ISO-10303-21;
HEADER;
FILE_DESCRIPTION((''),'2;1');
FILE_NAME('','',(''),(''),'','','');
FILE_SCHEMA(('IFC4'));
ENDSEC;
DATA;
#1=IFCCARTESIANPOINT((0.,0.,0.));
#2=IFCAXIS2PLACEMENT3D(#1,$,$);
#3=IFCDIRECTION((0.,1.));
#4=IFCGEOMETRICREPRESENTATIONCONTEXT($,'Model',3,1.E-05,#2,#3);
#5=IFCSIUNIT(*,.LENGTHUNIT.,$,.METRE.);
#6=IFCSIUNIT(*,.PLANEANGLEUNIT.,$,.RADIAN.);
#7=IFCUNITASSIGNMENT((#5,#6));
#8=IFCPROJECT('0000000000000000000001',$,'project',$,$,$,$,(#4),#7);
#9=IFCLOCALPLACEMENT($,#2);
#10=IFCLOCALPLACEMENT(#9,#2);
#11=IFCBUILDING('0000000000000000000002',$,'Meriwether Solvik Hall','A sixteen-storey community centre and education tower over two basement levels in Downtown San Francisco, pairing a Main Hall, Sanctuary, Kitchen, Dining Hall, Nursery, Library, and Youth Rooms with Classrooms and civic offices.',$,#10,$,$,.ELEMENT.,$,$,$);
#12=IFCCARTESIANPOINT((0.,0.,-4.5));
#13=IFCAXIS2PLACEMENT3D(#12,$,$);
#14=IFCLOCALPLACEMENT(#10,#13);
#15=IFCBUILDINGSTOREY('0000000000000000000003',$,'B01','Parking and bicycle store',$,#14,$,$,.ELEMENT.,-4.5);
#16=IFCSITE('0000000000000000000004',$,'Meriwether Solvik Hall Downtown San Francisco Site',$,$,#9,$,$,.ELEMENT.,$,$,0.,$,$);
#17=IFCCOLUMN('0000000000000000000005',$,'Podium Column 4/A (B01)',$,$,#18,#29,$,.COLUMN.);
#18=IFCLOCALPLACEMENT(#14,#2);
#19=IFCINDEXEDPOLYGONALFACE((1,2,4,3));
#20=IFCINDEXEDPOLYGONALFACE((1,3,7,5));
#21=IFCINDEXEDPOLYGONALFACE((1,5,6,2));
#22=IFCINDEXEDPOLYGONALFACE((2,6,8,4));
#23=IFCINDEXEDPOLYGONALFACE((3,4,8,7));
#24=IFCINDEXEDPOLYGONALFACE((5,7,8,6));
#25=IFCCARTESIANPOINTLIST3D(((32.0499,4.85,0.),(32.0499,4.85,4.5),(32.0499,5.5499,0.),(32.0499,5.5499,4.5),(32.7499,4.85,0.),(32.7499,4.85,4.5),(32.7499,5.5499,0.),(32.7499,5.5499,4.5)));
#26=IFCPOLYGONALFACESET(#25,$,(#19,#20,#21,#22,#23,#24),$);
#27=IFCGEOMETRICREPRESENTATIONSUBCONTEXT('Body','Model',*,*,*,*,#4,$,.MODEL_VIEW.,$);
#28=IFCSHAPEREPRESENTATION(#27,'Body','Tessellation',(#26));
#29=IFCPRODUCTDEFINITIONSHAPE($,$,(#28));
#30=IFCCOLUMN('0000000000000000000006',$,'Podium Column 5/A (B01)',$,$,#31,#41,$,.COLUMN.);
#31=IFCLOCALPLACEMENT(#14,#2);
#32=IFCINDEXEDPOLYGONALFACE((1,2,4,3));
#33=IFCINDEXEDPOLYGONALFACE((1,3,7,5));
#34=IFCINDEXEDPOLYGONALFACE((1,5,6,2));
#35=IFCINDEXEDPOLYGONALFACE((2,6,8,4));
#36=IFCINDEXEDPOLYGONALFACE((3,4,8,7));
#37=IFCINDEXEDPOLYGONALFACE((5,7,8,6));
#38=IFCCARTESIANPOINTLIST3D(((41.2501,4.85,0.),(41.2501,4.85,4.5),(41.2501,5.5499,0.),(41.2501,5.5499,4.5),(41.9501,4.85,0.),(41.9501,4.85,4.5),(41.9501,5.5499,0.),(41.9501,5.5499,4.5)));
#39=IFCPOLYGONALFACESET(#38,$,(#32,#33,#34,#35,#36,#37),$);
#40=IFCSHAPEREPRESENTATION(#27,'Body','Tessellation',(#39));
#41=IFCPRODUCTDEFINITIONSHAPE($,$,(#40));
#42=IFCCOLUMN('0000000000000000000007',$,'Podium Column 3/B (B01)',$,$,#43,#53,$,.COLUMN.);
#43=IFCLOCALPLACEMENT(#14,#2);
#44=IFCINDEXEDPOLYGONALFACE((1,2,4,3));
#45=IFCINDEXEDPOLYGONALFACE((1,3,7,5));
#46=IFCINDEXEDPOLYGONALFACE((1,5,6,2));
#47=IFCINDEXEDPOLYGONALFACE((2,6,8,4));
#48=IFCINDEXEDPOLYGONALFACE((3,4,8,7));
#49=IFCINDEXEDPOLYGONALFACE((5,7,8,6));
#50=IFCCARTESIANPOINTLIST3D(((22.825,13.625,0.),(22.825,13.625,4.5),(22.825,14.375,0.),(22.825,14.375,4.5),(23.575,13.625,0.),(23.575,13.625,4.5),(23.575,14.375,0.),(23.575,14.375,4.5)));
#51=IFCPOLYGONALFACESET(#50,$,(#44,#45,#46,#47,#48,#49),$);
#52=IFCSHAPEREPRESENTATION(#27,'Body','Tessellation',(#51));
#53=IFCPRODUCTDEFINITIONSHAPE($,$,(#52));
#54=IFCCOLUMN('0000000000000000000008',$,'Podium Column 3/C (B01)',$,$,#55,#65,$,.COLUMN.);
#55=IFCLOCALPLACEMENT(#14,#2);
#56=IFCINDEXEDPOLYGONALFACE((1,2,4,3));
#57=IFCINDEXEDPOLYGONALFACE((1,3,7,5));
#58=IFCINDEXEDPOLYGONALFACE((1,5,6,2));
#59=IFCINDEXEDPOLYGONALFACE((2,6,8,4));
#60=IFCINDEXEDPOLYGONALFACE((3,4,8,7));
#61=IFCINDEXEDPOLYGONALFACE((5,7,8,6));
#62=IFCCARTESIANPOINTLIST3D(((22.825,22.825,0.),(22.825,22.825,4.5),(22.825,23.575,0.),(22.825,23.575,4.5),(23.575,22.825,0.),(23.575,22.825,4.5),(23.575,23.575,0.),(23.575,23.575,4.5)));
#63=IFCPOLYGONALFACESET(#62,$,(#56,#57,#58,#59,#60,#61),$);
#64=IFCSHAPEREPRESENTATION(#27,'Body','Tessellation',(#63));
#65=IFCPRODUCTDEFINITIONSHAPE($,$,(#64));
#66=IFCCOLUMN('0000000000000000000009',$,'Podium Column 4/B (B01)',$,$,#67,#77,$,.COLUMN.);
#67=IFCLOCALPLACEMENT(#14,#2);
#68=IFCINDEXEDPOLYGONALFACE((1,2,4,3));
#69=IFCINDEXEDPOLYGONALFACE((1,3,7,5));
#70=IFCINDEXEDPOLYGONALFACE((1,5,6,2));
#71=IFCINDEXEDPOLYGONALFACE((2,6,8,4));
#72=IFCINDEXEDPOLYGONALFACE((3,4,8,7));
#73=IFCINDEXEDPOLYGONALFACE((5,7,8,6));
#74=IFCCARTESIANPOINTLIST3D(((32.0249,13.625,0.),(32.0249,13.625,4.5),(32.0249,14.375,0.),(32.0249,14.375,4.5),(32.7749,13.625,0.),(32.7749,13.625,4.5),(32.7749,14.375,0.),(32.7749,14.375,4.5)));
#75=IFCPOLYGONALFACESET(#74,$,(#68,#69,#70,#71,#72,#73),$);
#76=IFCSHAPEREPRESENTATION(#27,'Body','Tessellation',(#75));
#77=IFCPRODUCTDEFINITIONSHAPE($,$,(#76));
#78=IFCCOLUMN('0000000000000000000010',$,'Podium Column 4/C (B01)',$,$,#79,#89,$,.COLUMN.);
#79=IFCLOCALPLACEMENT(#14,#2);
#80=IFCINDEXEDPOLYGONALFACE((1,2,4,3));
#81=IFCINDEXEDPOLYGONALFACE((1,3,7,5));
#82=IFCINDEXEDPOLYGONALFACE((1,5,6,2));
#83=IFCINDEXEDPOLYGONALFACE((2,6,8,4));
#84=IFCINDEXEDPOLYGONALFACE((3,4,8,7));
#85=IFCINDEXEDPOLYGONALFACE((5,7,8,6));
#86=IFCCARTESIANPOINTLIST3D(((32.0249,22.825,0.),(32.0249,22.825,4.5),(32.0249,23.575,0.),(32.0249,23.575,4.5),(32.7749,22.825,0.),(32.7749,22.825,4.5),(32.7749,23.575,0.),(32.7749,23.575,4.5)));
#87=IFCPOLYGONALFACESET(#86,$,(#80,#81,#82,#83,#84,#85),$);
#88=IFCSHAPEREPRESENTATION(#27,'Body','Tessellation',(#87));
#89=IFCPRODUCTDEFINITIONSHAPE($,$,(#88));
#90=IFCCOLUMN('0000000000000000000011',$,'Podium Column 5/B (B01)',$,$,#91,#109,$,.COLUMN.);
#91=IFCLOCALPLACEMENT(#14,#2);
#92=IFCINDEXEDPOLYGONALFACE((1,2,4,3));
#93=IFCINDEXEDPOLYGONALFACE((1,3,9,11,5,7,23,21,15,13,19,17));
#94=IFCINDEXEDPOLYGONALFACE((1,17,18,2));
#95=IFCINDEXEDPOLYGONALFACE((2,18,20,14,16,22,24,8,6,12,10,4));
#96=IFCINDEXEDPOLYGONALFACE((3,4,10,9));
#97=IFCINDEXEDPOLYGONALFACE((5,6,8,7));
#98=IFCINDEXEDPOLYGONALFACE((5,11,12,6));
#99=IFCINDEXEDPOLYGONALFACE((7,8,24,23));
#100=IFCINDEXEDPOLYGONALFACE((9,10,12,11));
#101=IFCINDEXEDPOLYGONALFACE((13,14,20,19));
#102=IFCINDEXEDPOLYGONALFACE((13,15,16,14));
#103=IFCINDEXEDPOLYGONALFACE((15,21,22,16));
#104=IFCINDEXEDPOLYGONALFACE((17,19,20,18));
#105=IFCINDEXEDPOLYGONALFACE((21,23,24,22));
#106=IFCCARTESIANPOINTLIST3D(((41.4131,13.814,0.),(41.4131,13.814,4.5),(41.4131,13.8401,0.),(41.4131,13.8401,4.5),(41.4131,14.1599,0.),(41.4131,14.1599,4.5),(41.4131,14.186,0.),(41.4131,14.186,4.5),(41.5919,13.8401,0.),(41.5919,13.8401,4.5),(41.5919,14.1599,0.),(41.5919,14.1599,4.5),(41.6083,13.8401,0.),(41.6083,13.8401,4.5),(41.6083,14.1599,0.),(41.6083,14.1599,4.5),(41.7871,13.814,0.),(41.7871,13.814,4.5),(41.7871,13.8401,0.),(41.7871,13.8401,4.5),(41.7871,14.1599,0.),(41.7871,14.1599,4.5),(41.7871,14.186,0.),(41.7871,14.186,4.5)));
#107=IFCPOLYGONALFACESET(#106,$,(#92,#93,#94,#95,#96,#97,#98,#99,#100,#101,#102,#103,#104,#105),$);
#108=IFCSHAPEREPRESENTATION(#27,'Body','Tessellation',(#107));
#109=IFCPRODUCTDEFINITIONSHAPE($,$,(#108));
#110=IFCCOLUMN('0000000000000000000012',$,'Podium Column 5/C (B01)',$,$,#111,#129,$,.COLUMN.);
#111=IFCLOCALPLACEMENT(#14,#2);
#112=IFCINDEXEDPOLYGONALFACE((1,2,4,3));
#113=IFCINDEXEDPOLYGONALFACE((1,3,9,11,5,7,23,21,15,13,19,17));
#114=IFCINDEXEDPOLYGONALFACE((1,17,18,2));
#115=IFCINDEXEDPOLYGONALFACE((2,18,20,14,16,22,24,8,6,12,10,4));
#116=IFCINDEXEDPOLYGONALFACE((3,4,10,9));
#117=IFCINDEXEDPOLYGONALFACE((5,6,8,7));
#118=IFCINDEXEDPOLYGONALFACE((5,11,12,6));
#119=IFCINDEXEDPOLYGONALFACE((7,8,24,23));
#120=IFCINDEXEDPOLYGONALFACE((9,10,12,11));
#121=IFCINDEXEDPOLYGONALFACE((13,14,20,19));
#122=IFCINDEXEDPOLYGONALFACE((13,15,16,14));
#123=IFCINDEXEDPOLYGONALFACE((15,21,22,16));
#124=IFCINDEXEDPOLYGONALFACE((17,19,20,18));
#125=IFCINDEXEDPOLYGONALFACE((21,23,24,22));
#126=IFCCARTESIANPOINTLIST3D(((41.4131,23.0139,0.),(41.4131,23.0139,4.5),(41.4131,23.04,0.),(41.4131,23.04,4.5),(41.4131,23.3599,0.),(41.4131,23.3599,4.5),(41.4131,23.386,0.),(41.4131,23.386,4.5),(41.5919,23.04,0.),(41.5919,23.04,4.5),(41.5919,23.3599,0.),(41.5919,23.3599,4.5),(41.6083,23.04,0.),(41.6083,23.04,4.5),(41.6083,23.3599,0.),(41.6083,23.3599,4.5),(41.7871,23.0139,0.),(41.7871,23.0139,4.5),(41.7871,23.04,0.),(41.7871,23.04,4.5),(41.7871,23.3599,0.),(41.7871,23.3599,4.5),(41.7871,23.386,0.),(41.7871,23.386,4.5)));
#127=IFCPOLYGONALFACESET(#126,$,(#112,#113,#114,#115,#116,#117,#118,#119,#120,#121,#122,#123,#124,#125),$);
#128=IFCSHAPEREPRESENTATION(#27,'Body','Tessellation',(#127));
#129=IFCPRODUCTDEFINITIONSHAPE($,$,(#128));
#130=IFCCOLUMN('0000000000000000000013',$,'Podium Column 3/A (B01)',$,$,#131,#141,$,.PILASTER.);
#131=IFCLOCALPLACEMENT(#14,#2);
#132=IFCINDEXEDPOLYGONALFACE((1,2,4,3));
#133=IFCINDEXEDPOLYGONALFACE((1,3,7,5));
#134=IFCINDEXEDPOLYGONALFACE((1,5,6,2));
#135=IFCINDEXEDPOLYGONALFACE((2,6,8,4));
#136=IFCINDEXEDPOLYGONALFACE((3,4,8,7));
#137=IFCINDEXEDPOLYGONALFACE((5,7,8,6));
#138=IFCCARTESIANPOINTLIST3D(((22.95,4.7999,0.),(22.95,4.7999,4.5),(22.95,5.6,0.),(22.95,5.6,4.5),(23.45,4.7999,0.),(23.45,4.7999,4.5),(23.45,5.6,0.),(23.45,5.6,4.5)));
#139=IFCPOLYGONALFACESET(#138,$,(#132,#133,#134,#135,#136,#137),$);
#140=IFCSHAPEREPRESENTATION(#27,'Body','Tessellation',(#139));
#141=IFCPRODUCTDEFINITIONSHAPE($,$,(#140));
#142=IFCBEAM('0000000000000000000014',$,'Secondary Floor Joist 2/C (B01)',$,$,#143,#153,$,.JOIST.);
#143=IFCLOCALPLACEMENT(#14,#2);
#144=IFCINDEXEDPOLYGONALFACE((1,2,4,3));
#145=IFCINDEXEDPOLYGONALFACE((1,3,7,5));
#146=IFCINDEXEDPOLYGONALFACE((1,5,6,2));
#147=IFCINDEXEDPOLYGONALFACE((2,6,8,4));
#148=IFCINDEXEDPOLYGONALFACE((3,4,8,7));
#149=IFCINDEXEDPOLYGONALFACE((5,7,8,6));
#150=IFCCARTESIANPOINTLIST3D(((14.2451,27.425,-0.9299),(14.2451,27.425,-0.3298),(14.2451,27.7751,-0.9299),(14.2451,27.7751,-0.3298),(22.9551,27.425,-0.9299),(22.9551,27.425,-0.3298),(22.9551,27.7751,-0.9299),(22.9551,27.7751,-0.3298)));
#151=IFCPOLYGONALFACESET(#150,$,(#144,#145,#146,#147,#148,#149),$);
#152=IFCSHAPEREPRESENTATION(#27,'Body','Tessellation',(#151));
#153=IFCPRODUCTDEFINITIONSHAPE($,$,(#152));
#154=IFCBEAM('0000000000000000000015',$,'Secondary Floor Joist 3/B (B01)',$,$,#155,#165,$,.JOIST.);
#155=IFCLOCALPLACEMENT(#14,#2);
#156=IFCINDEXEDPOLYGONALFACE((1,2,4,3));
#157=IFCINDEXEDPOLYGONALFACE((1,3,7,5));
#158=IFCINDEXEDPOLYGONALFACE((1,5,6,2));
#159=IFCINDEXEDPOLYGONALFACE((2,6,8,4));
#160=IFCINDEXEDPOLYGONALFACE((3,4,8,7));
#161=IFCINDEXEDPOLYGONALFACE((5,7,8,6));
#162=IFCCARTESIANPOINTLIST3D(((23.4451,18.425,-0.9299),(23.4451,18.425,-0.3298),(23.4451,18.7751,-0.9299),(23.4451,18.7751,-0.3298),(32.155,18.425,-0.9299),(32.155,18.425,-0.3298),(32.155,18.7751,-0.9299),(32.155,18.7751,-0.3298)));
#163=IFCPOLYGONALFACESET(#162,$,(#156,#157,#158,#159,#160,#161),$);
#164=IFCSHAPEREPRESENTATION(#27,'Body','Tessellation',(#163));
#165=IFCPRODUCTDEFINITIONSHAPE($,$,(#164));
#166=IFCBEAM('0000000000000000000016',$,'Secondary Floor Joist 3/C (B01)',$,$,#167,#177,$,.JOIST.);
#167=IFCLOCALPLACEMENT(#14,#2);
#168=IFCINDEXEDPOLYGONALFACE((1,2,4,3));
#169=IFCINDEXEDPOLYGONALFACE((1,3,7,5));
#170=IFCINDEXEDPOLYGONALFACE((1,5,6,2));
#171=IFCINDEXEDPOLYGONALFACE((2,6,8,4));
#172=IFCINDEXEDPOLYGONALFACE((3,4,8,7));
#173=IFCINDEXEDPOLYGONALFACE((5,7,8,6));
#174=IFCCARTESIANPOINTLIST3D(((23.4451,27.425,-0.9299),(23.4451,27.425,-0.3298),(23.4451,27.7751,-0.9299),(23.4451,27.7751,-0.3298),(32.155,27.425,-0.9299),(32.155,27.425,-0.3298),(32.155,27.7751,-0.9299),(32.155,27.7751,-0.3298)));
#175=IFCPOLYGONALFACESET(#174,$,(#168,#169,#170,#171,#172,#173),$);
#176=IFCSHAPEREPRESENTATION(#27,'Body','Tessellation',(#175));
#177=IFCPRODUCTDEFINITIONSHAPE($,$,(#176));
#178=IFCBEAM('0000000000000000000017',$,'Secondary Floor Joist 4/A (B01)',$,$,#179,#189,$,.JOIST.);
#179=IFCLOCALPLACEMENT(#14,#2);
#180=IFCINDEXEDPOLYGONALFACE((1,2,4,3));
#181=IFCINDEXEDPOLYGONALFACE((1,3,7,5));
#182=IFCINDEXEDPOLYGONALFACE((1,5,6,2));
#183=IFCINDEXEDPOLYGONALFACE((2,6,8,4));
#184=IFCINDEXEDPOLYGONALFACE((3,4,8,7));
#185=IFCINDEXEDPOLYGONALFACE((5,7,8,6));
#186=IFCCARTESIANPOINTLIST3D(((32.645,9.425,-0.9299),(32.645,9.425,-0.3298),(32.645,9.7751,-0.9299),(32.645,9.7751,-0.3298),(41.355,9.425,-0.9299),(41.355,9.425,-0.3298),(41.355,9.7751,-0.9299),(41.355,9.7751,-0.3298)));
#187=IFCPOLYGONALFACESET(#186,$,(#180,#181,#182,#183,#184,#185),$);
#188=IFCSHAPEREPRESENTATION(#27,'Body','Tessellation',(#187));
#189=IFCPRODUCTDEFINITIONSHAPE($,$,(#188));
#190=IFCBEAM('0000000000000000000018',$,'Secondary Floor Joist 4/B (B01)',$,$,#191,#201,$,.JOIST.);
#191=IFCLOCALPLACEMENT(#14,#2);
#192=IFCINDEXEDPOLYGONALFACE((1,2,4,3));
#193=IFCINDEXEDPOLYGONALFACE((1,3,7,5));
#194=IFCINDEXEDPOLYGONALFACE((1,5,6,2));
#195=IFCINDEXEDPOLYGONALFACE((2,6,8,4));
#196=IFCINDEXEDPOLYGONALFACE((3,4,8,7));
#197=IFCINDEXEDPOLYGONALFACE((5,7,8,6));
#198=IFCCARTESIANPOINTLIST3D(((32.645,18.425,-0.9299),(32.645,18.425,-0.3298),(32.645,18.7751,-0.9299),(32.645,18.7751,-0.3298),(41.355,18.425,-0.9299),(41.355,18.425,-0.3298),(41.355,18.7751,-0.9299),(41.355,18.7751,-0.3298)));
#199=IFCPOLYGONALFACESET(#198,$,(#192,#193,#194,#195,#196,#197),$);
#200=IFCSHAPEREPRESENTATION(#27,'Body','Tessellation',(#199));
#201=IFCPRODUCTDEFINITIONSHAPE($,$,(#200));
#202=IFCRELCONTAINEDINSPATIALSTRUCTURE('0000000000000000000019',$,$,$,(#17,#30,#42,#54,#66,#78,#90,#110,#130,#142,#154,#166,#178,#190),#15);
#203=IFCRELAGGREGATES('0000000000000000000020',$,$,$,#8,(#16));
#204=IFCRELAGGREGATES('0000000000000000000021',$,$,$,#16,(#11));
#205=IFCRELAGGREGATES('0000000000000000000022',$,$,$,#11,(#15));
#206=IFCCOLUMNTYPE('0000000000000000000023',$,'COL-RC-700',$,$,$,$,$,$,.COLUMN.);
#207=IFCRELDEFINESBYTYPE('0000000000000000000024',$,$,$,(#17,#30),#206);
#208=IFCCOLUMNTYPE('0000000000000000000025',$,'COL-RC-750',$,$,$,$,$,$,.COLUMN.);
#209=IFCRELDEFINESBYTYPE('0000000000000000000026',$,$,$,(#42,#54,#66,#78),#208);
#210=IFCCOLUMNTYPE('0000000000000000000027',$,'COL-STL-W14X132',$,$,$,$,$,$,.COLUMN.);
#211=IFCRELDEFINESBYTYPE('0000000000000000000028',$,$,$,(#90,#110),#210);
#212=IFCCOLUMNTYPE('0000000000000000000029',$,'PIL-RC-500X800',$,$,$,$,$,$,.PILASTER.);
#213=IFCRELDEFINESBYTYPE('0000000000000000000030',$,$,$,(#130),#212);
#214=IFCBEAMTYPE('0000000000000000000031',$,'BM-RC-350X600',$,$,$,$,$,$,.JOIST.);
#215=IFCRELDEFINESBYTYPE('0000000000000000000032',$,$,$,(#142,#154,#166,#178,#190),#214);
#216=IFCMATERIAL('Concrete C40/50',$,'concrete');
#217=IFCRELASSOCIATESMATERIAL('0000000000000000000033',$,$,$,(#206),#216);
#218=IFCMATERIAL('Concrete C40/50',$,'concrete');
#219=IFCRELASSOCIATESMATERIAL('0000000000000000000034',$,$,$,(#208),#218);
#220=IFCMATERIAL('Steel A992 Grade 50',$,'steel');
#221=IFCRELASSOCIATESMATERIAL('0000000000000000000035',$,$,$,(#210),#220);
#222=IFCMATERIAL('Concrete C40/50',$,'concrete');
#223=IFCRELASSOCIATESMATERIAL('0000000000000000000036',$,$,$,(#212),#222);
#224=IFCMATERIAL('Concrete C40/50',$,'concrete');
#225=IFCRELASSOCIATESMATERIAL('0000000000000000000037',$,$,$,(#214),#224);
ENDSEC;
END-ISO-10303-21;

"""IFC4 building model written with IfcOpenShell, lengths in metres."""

from ifc_helpers import new_model, si_unit, direction, frame, origin, origin_2d, place, context, subcontext, project, spatial, rectangle, i_section, extrude, material, material_profile, profile_set, type_object, element, save


model = new_model("IFC4")

# Units and contexts
model_context = context("Model", 3, precision=1e-05, world=origin(), true_north=direction((0.0, 1.0)))
body_context = subcontext(model_context, "Body", "Model", "MODEL_VIEW")
ifc_project = project(units=[si_unit("LENGTHUNIT", "METRE"), si_unit("PLANEANGLEUNIT", "RADIAN")], contexts=[model_context])

# Site, building, storey
site_placement = place(None, origin())
site = spatial("IfcSite", under=ifc_project, at=site_placement, Name="Meriwether Solvik Hall Downtown San Francisco Site", CompositionType="ELEMENT", RefElevation=0.0)
building_placement = place(site_placement, origin())
building = spatial("IfcBuilding", under=site, at=building_placement, Name="Meriwether Solvik Hall", Description="A sixteen-storey community centre and education tower over two basement levels in Downtown San Francisco, pairing a Main Hall, Sanctuary, Kitchen, Dining Hall, Nursery, Library, and Youth Rooms with Classrooms and civic offices.", CompositionType="ELEMENT")
storey_placement = place(building_placement, frame((0.0, 0.0, -4.5)))
storey = spatial("IfcBuildingStorey", under=building, at=storey_placement, Name="B01", Description="Parking and bicycle store", CompositionType="ELEMENT", Elevation=-4.5)

# Columns
ifc_material_1 = material(Name="Concrete C40/50", Category="concrete")
ifc_material_profile_1 = material_profile(ifc_material_1, rectangle(XDim=0.7, YDim=0.7, at=origin_2d()), Name="RCC-700X700")
ifc_profile_set_1 = profile_set([ifc_material_profile_1], Name="Concrete C40/50")
column_type_1 = type_object("IfcColumnType", Name="COL-RC-700", PredefinedType="COLUMN", material=ifc_profile_set_1)
for number, where, z_axis, x_axis, name in (
    (1, (32.3999, 5.2, 0.0), (0.0, 0.0, 1.0), (1.0, 0.0, 0.0), "Podium Column 4/A (B01)"),
    (2, (41.6001, 5.2, 0.0), (0.0, 0.0, 1.0), (1.0, 0.0, 0.0), "Podium Column 5/A (B01)"),
):
    element("IfcColumn", number, at=place(storey_placement, frame(where, z_axis=z_axis, x_axis=x_axis)), inside=storey, type_object=column_type_1, Name=name, PredefinedType="COLUMN", context=body_context, shape_type="SweptSolid", body=[
        extrude(rectangle(XDim=0.7, YDim=0.7, at=origin_2d()), origin(), (0.0, 0.0, 1.0), 4.5),
    ])
ifc_material_2 = material(Name="Concrete C40/50", Category="concrete")
ifc_material_profile_2 = material_profile(ifc_material_2, rectangle(XDim=0.75, YDim=0.75, at=origin_2d()), Name="RCC-750X750")
ifc_profile_set_2 = profile_set([ifc_material_profile_2], Name="Concrete C40/50")
column_type_2 = type_object("IfcColumnType", Name="COL-RC-750", PredefinedType="COLUMN", material=ifc_profile_set_2)
for number, where, z_axis, x_axis, name in (
    (3, (23.2, 14.0, 0.0), (0.0, 0.0, 1.0), (1.0, 0.0, 0.0), "Podium Column 3/B (B01)"),
    (4, (23.2, 23.2, 0.0), (0.0, 0.0, 1.0), (1.0, 0.0, 0.0), "Podium Column 3/C (B01)"),
    (5, (32.3999, 14.0, 0.0), (0.0, 0.0, 1.0), (1.0, 0.0, 0.0), "Podium Column 4/B (B01)"),
    (6, (32.3999, 23.2, 0.0), (0.0, 0.0, 1.0), (1.0, 0.0, 0.0), "Podium Column 4/C (B01)"),
):
    element("IfcColumn", number, at=place(storey_placement, frame(where, z_axis=z_axis, x_axis=x_axis)), inside=storey, type_object=column_type_2, Name=name, PredefinedType="COLUMN", context=body_context, shape_type="SweptSolid", body=[
        extrude(rectangle(XDim=0.75, YDim=0.75, at=origin_2d()), origin(), (0.0, 0.0, 1.0), 4.5),
    ])
ifc_material_3 = material(Name="Steel A992 Grade 50", Category="steel")
ifc_material_profile_3 = material_profile(ifc_material_3, i_section(OverallWidth=0.374, OverallDepth=0.3721, WebThickness=0.0164, FlangeThickness=0.0261, at=origin_2d()), Name="W14X132")
ifc_profile_set_3 = profile_set([ifc_material_profile_3], Name="Steel A992 Grade 50")
column_type_3 = type_object("IfcColumnType", Name="COL-STL-W14X132", PredefinedType="COLUMN", material=ifc_profile_set_3)
for number, where, z_axis, x_axis, name in (
    (7, (41.6001, 14.0, 0.0), (0.0, 0.0, 1.0), (1.0, 0.0, 0.0), "Podium Column 5/B (B01)"),
    (8, (41.6001, 23.2, 0.0), (0.0, 0.0, 1.0), (1.0, 0.0, 0.0), "Podium Column 5/C (B01)"),
):
    element("IfcColumn", number, at=place(storey_placement, frame(where, z_axis=z_axis, x_axis=x_axis)), inside=storey, type_object=column_type_3, Name=name, PredefinedType="COLUMN", context=body_context, shape_type="SweptSolid", body=[
        extrude(i_section(OverallWidth=0.374, OverallDepth=0.3721, WebThickness=0.0164, FlangeThickness=0.0261, at=origin_2d()), origin(), (0.0, 0.0, 1.0), 4.5),
    ])
ifc_material_4 = material(Name="Concrete C40/50", Category="concrete")
ifc_material_profile_4 = material_profile(ifc_material_4, rectangle(XDim=0.5, YDim=0.8, at=origin_2d()), Name="RCP-500X800")
ifc_profile_set_4 = profile_set([ifc_material_profile_4], Name="Concrete C40/50")
column_type_4 = type_object("IfcColumnType", Name="PIL-RC-500X800", PredefinedType="PILASTER", material=ifc_profile_set_4)
column_placement = place(storey_placement, frame((23.2, 5.2, 0.0), z_axis=(0.0, 0.0, 1.0), x_axis=(1.0, 0.0, 0.0)))
element("IfcColumn", 9, at=column_placement, inside=storey, type_object=column_type_4, Name="Podium Column 3/A (B01)", PredefinedType="PILASTER", context=body_context, shape_type="SweptSolid", body=[
    extrude(rectangle(XDim=0.5, YDim=0.8, at=origin_2d()), origin(), (0.0, 0.0, 1.0), 4.5),
])

# Beams
ifc_material_5 = material(Name="Concrete C40/50", Category="concrete")
ifc_material_profile_5 = material_profile(ifc_material_5, rectangle(XDim=0.3501, YDim=0.6001, at=origin_2d()), Name="RCB-350X600")
ifc_profile_set_5 = profile_set([ifc_material_profile_5], Name="Concrete C40/50")
beam_type_1 = type_object("IfcBeamType", Name="BM-RC-350X600", PredefinedType="JOIST", material=ifc_profile_set_5)
for number, where, z_axis, x_axis, name in (
    (10, (14.2451, 27.6001, -0.6299), (1.0, 0.0, 0.0), (0.0, 1.0, 0.0), "Secondary Floor Joist 2/C (B01)"),
    (11, (23.4451, 18.6001, -0.6299), (1.0, 0.0, 0.0), (0.0, 1.0, 0.0), "Secondary Floor Joist 3/B (B01)"),
    (12, (23.4451, 27.6001, -0.6299), (1.0, 0.0, 0.0), (0.0, 1.0, 0.0), "Secondary Floor Joist 3/C (B01)"),
    (13, (32.645, 9.6001, -0.6299), (1.0, 0.0, 0.0), (0.0, 1.0, 0.0), "Secondary Floor Joist 4/A (B01)"),
    (14, (32.645, 18.6001, -0.6299), (1.0, 0.0, 0.0), (0.0, 1.0, 0.0), "Secondary Floor Joist 4/B (B01)"),
):
    element("IfcBeam", number, at=place(storey_placement, frame(where, z_axis=z_axis, x_axis=x_axis)), inside=storey, type_object=beam_type_1, Name=name, PredefinedType="JOIST", context=body_context, shape_type="SweptSolid", body=[
        extrude(rectangle(XDim=0.3501, YDim=0.6001, at=origin_2d()), origin(), (0.0, 0.0, 1.0), 8.71),
    ])

save(model, "model.ifc")
